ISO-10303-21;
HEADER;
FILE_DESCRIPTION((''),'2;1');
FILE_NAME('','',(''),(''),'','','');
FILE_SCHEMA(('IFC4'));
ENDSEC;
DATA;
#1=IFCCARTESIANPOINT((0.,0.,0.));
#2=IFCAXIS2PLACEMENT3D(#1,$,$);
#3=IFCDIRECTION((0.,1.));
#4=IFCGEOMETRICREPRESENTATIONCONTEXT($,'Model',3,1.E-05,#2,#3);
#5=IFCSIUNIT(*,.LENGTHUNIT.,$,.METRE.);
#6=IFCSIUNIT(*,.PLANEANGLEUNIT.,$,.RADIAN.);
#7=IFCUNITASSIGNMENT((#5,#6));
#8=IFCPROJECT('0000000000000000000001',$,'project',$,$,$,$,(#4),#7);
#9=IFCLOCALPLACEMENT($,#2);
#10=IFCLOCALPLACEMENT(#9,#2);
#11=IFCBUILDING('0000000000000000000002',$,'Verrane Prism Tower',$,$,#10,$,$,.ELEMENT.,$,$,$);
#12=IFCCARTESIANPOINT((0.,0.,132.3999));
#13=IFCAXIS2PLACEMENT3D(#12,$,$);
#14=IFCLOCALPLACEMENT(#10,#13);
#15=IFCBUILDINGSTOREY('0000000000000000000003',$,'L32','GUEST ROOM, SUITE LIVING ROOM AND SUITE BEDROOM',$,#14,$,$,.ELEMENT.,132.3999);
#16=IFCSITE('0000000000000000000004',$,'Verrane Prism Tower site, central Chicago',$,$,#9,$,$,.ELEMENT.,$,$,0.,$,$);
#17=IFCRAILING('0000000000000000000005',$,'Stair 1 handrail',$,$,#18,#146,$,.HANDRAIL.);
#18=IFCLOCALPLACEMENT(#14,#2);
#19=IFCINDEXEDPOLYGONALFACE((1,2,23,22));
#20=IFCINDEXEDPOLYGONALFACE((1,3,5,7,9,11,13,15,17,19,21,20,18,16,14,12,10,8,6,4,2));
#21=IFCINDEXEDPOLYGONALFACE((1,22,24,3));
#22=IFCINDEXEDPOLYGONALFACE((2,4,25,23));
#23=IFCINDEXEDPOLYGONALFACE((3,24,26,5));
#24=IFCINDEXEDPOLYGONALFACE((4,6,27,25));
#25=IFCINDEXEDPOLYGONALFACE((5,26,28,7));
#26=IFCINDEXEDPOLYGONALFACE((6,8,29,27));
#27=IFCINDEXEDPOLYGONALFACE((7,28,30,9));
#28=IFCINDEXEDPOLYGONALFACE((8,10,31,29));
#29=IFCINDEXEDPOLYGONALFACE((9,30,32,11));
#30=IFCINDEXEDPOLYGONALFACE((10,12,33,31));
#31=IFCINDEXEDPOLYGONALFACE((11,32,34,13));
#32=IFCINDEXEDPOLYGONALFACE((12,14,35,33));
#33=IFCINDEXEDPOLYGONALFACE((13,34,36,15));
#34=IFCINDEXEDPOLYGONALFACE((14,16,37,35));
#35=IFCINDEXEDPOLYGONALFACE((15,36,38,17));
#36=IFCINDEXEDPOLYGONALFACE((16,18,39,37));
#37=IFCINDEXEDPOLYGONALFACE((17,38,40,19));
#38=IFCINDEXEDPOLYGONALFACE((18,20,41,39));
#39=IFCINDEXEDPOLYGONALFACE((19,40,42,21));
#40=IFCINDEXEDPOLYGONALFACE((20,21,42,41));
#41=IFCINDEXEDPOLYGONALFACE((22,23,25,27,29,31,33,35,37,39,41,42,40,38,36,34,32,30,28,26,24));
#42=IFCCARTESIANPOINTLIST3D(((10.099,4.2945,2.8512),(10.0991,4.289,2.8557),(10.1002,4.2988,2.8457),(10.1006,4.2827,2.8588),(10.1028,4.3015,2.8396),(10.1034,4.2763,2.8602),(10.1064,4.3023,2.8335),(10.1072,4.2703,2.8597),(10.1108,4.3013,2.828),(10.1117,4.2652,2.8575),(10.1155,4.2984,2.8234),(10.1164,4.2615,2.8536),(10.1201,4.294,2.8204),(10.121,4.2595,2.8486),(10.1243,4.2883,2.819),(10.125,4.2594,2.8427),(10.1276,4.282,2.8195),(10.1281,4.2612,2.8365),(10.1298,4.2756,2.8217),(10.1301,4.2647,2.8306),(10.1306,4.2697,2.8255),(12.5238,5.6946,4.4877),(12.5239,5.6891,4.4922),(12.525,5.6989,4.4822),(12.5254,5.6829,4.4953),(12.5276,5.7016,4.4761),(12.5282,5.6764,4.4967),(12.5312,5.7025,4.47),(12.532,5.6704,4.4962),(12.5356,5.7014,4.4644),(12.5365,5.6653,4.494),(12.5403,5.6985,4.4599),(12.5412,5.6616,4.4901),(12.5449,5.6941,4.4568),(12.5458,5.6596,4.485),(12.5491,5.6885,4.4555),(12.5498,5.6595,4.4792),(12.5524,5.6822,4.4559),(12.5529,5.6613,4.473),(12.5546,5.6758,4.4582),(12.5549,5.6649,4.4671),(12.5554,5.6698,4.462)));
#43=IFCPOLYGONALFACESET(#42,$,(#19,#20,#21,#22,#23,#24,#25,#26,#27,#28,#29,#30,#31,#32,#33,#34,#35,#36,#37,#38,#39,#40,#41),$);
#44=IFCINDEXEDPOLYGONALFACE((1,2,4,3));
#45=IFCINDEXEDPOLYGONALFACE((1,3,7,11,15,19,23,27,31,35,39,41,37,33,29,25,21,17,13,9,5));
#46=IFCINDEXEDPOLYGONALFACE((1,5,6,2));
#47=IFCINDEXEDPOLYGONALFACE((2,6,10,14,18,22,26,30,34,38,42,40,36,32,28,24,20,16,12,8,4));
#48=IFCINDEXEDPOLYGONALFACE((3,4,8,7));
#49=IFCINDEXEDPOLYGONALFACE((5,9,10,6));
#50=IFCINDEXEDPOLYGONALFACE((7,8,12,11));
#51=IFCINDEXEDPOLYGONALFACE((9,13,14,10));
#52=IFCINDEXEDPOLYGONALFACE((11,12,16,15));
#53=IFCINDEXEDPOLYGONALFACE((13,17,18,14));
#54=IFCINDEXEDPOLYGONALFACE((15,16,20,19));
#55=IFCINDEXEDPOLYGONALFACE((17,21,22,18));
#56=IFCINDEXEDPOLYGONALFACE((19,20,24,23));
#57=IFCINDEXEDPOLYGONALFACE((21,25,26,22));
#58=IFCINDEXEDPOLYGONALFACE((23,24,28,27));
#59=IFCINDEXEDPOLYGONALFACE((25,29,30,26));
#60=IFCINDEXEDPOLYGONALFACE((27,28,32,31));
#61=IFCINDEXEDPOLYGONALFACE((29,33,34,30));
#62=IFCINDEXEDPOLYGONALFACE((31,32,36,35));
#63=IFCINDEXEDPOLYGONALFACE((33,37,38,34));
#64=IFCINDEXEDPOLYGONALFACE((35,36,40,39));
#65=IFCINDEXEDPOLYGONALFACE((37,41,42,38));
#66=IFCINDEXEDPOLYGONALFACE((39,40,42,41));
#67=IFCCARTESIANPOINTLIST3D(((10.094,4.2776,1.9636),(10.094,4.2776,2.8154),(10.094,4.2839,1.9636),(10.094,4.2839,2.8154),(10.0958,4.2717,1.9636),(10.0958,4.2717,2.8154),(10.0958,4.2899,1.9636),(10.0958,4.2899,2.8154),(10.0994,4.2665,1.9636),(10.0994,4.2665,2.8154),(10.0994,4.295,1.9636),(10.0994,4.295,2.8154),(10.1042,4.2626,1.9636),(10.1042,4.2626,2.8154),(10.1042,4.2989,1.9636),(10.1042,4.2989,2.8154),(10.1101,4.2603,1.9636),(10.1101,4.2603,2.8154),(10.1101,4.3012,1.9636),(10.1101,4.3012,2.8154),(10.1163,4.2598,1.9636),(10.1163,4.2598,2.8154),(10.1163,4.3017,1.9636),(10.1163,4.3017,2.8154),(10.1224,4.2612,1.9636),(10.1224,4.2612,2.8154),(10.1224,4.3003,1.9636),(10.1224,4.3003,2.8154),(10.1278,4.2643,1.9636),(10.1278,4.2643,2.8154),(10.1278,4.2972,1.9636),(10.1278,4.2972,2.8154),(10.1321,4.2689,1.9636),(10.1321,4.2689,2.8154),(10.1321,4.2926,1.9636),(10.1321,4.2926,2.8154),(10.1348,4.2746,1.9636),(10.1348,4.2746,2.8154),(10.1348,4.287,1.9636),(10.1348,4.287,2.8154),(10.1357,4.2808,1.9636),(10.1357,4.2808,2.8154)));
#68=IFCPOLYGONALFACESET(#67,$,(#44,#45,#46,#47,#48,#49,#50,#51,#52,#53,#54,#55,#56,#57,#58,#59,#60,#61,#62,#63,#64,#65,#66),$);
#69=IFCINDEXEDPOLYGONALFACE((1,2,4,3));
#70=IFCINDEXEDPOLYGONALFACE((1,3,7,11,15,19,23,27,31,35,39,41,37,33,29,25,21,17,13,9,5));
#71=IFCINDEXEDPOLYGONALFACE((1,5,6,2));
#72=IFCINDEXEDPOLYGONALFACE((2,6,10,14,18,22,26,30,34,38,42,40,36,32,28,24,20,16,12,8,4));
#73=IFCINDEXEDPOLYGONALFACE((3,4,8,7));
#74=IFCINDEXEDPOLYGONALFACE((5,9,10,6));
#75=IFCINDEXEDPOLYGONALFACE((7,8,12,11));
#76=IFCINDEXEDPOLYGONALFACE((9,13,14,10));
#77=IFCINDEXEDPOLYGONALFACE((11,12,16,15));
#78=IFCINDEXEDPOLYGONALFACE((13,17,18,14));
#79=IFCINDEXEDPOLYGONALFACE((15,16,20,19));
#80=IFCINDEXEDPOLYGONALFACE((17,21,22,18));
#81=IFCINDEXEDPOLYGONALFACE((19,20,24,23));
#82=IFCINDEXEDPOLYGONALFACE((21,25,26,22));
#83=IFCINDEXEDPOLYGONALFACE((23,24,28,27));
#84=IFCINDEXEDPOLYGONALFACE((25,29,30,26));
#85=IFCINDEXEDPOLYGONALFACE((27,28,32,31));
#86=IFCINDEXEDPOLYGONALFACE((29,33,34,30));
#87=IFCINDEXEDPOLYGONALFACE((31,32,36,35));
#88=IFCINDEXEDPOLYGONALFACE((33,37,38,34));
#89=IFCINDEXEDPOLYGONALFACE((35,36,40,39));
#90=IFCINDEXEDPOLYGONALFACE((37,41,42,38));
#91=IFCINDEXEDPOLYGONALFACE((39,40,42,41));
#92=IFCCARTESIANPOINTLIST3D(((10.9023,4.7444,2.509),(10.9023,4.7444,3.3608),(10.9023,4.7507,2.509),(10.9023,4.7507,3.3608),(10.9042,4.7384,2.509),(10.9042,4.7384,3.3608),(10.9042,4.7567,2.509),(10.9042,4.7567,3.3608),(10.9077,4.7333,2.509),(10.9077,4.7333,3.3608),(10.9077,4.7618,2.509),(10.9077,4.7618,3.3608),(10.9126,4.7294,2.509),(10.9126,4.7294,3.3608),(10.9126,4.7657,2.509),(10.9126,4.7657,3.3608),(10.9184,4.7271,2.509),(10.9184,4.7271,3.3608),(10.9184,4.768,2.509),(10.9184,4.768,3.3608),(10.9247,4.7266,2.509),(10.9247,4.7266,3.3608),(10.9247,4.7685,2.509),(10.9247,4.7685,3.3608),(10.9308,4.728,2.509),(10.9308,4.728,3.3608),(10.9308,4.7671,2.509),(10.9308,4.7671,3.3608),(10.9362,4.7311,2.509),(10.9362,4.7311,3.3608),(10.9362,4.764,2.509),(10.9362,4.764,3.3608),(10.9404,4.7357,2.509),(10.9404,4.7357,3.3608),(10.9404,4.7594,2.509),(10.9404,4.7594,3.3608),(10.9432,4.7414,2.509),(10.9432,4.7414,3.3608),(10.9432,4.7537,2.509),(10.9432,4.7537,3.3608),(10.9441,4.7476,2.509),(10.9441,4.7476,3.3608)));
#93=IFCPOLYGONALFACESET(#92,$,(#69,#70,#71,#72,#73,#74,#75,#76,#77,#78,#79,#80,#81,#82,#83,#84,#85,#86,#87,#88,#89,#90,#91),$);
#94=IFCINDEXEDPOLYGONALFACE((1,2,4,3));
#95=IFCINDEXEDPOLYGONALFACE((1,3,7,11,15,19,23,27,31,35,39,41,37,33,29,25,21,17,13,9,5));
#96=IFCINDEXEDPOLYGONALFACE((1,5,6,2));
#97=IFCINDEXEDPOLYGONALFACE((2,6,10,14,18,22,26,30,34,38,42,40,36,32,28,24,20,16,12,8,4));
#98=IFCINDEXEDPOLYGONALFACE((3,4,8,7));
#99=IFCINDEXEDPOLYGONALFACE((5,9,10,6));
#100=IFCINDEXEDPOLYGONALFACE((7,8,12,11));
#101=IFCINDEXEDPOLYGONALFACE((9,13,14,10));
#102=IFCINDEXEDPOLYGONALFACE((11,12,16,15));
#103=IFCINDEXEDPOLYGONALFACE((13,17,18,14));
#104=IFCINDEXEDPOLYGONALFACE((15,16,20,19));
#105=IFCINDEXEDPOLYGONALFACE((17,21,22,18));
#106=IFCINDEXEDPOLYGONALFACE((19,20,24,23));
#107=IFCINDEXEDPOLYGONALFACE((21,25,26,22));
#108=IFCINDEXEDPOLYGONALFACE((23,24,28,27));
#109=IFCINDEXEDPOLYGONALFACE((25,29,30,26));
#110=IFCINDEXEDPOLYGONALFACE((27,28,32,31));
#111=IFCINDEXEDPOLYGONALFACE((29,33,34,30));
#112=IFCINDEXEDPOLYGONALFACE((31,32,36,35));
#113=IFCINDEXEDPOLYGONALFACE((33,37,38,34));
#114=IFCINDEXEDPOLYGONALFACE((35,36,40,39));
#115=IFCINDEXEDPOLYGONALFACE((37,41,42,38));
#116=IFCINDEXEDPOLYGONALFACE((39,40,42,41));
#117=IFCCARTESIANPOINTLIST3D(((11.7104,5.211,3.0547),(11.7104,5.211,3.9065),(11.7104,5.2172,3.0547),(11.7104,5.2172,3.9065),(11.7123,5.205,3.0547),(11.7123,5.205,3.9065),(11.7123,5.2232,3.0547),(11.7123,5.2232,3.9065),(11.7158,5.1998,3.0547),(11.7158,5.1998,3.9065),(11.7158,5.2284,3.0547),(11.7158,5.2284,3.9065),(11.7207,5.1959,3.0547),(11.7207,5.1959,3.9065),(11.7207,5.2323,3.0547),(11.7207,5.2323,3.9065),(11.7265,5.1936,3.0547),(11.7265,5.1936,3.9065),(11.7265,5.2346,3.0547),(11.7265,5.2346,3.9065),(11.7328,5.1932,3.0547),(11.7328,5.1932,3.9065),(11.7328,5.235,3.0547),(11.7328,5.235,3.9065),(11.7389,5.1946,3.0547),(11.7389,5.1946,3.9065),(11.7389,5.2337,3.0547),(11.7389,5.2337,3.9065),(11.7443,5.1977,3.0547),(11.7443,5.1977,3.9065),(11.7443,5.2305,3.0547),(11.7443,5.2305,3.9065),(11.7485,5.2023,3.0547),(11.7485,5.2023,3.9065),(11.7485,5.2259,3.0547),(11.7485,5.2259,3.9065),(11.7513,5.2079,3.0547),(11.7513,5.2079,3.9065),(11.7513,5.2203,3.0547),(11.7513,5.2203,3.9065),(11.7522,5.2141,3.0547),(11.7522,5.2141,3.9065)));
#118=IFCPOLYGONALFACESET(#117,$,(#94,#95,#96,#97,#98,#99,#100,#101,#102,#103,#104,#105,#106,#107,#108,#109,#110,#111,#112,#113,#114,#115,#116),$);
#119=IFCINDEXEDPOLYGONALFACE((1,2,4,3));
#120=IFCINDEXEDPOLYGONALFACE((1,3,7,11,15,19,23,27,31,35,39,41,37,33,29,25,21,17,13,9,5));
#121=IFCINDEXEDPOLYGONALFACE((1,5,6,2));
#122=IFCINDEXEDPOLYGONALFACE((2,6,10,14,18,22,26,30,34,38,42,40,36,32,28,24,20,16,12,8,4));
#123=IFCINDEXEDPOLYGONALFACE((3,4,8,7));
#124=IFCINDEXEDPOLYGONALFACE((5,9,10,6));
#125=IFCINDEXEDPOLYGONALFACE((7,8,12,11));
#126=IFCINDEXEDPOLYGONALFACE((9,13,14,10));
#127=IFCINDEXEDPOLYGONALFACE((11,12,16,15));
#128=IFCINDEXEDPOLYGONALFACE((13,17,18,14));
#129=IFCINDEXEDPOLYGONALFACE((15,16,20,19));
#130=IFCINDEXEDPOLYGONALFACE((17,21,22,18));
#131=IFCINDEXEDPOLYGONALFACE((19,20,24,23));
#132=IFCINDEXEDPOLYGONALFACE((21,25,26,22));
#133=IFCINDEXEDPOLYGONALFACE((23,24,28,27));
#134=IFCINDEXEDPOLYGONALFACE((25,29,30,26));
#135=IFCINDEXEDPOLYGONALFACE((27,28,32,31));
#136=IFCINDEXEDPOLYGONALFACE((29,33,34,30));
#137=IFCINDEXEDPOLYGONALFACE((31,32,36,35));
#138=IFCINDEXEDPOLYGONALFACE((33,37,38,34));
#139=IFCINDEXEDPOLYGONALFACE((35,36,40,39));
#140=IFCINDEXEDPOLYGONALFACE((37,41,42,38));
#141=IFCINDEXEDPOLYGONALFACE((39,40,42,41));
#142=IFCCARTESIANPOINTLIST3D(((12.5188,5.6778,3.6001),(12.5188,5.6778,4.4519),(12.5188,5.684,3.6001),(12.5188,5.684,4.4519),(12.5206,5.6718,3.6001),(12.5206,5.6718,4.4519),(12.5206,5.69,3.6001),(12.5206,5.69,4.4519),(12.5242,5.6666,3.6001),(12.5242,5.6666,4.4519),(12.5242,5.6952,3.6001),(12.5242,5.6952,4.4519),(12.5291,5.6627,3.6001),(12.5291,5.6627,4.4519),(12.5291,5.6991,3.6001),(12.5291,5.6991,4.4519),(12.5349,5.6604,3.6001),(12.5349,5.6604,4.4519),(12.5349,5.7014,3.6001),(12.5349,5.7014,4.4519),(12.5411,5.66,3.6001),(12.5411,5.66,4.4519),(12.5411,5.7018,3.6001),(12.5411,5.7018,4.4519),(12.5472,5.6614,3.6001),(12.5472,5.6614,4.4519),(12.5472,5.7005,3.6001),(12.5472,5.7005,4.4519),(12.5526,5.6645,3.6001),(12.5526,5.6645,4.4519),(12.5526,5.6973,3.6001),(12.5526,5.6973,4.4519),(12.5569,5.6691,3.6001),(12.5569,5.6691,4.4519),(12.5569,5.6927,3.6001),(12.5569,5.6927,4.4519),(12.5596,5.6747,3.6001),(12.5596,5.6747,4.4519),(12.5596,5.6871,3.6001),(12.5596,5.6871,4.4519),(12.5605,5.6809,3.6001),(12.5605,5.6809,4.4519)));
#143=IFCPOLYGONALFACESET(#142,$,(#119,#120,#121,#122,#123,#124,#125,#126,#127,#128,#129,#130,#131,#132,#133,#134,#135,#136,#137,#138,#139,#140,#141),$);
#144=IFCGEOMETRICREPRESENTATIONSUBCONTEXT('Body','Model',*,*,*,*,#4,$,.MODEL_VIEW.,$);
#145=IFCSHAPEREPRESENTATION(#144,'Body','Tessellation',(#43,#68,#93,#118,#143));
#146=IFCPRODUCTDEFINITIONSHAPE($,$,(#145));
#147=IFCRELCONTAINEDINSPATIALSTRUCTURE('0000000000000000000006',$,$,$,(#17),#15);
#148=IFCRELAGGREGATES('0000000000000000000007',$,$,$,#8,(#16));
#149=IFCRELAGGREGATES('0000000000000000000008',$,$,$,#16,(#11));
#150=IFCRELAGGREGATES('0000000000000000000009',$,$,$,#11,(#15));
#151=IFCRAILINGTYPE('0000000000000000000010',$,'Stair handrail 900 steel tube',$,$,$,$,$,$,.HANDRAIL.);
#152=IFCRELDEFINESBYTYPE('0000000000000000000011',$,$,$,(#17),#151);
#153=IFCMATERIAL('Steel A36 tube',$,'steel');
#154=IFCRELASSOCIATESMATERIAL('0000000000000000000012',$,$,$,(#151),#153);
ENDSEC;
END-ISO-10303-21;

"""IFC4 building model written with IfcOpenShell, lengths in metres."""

from ifc_helpers import new_model, si_unit, direction, frame, origin, origin_2d, place, context, subcontext, project, spatial, circle, extrude, material, type_object, element, save


model = new_model("IFC4")

# Units and contexts
model_context = context("Model", 3, precision=1e-05, world=origin(), true_north=direction((0.0, 1.0)))
body_context = subcontext(model_context, "Body", "Model", "MODEL_VIEW")
ifc_project = project(units=[si_unit("LENGTHUNIT", "METRE"), si_unit("PLANEANGLEUNIT", "RADIAN")], contexts=[model_context])

# Site, building, storey
site_placement = place(None, origin())
site = spatial("IfcSite", under=ifc_project, at=site_placement, Name="Verrane Prism Tower site, central Chicago", CompositionType="ELEMENT", RefElevation=0.0)
building_placement = place(site_placement, origin())
building = spatial("IfcBuilding", under=site, at=building_placement, Name="Verrane Prism Tower", CompositionType="ELEMENT")
storey_placement = place(building_placement, frame((0.0, 0.0, 132.3999)))
storey = spatial("IfcBuildingStorey", under=building, at=storey_placement, Name="L32", Description="GUEST ROOM, SUITE LIVING ROOM AND SUITE BEDROOM", CompositionType="ELEMENT", Elevation=132.3999)

# Railing
ifc_material_1 = material(Name="Steel A36 tube", Category="steel")
railing_type_1 = type_object("IfcRailingType", Name="Stair handrail 900 steel tube", PredefinedType="HANDRAIL", material=ifc_material_1)
railing_1_placement = place(storey_placement, frame((10.1147, 4.2808, 1.9636)))
element("IfcRailing", 1, at=railing_1_placement, inside=storey, type_object=railing_type_1, Name="Stair 1 handrail", PredefinedType="HANDRAIL", context=body_context, shape_type="SweptSolid", body=[
    extrude(circle(Radius=0.0239, at=origin_2d()), frame((0.0, 0.0, 0.876), z_axis=(0.747666, 0.431722, 0.504591), x_axis=(-0.50005, 0.865997, 0.0)), (0.0, 0.0, 1.0), 3.2432),
    extrude(circle(Radius=0.021, at=origin_2d()), origin(), (0.0, 0.0, 1.0), 0.8518),
    extrude(circle(Radius=0.021, at=origin_2d()), frame((0.8083, 0.4668, 0.5454)), (0.0, 0.0, 1.0), 0.8518),
    extrude(circle(Radius=0.021, at=origin_2d()), frame((1.6165, 0.9333, 1.0911)), (0.0, 0.0, 1.0), 0.8518),
    extrude(circle(Radius=0.021, at=origin_2d()), frame((2.4248, 1.4001, 1.6365)), (0.0, 0.0, 1.0), 0.8518),
])

save(model, "model.ifc")
